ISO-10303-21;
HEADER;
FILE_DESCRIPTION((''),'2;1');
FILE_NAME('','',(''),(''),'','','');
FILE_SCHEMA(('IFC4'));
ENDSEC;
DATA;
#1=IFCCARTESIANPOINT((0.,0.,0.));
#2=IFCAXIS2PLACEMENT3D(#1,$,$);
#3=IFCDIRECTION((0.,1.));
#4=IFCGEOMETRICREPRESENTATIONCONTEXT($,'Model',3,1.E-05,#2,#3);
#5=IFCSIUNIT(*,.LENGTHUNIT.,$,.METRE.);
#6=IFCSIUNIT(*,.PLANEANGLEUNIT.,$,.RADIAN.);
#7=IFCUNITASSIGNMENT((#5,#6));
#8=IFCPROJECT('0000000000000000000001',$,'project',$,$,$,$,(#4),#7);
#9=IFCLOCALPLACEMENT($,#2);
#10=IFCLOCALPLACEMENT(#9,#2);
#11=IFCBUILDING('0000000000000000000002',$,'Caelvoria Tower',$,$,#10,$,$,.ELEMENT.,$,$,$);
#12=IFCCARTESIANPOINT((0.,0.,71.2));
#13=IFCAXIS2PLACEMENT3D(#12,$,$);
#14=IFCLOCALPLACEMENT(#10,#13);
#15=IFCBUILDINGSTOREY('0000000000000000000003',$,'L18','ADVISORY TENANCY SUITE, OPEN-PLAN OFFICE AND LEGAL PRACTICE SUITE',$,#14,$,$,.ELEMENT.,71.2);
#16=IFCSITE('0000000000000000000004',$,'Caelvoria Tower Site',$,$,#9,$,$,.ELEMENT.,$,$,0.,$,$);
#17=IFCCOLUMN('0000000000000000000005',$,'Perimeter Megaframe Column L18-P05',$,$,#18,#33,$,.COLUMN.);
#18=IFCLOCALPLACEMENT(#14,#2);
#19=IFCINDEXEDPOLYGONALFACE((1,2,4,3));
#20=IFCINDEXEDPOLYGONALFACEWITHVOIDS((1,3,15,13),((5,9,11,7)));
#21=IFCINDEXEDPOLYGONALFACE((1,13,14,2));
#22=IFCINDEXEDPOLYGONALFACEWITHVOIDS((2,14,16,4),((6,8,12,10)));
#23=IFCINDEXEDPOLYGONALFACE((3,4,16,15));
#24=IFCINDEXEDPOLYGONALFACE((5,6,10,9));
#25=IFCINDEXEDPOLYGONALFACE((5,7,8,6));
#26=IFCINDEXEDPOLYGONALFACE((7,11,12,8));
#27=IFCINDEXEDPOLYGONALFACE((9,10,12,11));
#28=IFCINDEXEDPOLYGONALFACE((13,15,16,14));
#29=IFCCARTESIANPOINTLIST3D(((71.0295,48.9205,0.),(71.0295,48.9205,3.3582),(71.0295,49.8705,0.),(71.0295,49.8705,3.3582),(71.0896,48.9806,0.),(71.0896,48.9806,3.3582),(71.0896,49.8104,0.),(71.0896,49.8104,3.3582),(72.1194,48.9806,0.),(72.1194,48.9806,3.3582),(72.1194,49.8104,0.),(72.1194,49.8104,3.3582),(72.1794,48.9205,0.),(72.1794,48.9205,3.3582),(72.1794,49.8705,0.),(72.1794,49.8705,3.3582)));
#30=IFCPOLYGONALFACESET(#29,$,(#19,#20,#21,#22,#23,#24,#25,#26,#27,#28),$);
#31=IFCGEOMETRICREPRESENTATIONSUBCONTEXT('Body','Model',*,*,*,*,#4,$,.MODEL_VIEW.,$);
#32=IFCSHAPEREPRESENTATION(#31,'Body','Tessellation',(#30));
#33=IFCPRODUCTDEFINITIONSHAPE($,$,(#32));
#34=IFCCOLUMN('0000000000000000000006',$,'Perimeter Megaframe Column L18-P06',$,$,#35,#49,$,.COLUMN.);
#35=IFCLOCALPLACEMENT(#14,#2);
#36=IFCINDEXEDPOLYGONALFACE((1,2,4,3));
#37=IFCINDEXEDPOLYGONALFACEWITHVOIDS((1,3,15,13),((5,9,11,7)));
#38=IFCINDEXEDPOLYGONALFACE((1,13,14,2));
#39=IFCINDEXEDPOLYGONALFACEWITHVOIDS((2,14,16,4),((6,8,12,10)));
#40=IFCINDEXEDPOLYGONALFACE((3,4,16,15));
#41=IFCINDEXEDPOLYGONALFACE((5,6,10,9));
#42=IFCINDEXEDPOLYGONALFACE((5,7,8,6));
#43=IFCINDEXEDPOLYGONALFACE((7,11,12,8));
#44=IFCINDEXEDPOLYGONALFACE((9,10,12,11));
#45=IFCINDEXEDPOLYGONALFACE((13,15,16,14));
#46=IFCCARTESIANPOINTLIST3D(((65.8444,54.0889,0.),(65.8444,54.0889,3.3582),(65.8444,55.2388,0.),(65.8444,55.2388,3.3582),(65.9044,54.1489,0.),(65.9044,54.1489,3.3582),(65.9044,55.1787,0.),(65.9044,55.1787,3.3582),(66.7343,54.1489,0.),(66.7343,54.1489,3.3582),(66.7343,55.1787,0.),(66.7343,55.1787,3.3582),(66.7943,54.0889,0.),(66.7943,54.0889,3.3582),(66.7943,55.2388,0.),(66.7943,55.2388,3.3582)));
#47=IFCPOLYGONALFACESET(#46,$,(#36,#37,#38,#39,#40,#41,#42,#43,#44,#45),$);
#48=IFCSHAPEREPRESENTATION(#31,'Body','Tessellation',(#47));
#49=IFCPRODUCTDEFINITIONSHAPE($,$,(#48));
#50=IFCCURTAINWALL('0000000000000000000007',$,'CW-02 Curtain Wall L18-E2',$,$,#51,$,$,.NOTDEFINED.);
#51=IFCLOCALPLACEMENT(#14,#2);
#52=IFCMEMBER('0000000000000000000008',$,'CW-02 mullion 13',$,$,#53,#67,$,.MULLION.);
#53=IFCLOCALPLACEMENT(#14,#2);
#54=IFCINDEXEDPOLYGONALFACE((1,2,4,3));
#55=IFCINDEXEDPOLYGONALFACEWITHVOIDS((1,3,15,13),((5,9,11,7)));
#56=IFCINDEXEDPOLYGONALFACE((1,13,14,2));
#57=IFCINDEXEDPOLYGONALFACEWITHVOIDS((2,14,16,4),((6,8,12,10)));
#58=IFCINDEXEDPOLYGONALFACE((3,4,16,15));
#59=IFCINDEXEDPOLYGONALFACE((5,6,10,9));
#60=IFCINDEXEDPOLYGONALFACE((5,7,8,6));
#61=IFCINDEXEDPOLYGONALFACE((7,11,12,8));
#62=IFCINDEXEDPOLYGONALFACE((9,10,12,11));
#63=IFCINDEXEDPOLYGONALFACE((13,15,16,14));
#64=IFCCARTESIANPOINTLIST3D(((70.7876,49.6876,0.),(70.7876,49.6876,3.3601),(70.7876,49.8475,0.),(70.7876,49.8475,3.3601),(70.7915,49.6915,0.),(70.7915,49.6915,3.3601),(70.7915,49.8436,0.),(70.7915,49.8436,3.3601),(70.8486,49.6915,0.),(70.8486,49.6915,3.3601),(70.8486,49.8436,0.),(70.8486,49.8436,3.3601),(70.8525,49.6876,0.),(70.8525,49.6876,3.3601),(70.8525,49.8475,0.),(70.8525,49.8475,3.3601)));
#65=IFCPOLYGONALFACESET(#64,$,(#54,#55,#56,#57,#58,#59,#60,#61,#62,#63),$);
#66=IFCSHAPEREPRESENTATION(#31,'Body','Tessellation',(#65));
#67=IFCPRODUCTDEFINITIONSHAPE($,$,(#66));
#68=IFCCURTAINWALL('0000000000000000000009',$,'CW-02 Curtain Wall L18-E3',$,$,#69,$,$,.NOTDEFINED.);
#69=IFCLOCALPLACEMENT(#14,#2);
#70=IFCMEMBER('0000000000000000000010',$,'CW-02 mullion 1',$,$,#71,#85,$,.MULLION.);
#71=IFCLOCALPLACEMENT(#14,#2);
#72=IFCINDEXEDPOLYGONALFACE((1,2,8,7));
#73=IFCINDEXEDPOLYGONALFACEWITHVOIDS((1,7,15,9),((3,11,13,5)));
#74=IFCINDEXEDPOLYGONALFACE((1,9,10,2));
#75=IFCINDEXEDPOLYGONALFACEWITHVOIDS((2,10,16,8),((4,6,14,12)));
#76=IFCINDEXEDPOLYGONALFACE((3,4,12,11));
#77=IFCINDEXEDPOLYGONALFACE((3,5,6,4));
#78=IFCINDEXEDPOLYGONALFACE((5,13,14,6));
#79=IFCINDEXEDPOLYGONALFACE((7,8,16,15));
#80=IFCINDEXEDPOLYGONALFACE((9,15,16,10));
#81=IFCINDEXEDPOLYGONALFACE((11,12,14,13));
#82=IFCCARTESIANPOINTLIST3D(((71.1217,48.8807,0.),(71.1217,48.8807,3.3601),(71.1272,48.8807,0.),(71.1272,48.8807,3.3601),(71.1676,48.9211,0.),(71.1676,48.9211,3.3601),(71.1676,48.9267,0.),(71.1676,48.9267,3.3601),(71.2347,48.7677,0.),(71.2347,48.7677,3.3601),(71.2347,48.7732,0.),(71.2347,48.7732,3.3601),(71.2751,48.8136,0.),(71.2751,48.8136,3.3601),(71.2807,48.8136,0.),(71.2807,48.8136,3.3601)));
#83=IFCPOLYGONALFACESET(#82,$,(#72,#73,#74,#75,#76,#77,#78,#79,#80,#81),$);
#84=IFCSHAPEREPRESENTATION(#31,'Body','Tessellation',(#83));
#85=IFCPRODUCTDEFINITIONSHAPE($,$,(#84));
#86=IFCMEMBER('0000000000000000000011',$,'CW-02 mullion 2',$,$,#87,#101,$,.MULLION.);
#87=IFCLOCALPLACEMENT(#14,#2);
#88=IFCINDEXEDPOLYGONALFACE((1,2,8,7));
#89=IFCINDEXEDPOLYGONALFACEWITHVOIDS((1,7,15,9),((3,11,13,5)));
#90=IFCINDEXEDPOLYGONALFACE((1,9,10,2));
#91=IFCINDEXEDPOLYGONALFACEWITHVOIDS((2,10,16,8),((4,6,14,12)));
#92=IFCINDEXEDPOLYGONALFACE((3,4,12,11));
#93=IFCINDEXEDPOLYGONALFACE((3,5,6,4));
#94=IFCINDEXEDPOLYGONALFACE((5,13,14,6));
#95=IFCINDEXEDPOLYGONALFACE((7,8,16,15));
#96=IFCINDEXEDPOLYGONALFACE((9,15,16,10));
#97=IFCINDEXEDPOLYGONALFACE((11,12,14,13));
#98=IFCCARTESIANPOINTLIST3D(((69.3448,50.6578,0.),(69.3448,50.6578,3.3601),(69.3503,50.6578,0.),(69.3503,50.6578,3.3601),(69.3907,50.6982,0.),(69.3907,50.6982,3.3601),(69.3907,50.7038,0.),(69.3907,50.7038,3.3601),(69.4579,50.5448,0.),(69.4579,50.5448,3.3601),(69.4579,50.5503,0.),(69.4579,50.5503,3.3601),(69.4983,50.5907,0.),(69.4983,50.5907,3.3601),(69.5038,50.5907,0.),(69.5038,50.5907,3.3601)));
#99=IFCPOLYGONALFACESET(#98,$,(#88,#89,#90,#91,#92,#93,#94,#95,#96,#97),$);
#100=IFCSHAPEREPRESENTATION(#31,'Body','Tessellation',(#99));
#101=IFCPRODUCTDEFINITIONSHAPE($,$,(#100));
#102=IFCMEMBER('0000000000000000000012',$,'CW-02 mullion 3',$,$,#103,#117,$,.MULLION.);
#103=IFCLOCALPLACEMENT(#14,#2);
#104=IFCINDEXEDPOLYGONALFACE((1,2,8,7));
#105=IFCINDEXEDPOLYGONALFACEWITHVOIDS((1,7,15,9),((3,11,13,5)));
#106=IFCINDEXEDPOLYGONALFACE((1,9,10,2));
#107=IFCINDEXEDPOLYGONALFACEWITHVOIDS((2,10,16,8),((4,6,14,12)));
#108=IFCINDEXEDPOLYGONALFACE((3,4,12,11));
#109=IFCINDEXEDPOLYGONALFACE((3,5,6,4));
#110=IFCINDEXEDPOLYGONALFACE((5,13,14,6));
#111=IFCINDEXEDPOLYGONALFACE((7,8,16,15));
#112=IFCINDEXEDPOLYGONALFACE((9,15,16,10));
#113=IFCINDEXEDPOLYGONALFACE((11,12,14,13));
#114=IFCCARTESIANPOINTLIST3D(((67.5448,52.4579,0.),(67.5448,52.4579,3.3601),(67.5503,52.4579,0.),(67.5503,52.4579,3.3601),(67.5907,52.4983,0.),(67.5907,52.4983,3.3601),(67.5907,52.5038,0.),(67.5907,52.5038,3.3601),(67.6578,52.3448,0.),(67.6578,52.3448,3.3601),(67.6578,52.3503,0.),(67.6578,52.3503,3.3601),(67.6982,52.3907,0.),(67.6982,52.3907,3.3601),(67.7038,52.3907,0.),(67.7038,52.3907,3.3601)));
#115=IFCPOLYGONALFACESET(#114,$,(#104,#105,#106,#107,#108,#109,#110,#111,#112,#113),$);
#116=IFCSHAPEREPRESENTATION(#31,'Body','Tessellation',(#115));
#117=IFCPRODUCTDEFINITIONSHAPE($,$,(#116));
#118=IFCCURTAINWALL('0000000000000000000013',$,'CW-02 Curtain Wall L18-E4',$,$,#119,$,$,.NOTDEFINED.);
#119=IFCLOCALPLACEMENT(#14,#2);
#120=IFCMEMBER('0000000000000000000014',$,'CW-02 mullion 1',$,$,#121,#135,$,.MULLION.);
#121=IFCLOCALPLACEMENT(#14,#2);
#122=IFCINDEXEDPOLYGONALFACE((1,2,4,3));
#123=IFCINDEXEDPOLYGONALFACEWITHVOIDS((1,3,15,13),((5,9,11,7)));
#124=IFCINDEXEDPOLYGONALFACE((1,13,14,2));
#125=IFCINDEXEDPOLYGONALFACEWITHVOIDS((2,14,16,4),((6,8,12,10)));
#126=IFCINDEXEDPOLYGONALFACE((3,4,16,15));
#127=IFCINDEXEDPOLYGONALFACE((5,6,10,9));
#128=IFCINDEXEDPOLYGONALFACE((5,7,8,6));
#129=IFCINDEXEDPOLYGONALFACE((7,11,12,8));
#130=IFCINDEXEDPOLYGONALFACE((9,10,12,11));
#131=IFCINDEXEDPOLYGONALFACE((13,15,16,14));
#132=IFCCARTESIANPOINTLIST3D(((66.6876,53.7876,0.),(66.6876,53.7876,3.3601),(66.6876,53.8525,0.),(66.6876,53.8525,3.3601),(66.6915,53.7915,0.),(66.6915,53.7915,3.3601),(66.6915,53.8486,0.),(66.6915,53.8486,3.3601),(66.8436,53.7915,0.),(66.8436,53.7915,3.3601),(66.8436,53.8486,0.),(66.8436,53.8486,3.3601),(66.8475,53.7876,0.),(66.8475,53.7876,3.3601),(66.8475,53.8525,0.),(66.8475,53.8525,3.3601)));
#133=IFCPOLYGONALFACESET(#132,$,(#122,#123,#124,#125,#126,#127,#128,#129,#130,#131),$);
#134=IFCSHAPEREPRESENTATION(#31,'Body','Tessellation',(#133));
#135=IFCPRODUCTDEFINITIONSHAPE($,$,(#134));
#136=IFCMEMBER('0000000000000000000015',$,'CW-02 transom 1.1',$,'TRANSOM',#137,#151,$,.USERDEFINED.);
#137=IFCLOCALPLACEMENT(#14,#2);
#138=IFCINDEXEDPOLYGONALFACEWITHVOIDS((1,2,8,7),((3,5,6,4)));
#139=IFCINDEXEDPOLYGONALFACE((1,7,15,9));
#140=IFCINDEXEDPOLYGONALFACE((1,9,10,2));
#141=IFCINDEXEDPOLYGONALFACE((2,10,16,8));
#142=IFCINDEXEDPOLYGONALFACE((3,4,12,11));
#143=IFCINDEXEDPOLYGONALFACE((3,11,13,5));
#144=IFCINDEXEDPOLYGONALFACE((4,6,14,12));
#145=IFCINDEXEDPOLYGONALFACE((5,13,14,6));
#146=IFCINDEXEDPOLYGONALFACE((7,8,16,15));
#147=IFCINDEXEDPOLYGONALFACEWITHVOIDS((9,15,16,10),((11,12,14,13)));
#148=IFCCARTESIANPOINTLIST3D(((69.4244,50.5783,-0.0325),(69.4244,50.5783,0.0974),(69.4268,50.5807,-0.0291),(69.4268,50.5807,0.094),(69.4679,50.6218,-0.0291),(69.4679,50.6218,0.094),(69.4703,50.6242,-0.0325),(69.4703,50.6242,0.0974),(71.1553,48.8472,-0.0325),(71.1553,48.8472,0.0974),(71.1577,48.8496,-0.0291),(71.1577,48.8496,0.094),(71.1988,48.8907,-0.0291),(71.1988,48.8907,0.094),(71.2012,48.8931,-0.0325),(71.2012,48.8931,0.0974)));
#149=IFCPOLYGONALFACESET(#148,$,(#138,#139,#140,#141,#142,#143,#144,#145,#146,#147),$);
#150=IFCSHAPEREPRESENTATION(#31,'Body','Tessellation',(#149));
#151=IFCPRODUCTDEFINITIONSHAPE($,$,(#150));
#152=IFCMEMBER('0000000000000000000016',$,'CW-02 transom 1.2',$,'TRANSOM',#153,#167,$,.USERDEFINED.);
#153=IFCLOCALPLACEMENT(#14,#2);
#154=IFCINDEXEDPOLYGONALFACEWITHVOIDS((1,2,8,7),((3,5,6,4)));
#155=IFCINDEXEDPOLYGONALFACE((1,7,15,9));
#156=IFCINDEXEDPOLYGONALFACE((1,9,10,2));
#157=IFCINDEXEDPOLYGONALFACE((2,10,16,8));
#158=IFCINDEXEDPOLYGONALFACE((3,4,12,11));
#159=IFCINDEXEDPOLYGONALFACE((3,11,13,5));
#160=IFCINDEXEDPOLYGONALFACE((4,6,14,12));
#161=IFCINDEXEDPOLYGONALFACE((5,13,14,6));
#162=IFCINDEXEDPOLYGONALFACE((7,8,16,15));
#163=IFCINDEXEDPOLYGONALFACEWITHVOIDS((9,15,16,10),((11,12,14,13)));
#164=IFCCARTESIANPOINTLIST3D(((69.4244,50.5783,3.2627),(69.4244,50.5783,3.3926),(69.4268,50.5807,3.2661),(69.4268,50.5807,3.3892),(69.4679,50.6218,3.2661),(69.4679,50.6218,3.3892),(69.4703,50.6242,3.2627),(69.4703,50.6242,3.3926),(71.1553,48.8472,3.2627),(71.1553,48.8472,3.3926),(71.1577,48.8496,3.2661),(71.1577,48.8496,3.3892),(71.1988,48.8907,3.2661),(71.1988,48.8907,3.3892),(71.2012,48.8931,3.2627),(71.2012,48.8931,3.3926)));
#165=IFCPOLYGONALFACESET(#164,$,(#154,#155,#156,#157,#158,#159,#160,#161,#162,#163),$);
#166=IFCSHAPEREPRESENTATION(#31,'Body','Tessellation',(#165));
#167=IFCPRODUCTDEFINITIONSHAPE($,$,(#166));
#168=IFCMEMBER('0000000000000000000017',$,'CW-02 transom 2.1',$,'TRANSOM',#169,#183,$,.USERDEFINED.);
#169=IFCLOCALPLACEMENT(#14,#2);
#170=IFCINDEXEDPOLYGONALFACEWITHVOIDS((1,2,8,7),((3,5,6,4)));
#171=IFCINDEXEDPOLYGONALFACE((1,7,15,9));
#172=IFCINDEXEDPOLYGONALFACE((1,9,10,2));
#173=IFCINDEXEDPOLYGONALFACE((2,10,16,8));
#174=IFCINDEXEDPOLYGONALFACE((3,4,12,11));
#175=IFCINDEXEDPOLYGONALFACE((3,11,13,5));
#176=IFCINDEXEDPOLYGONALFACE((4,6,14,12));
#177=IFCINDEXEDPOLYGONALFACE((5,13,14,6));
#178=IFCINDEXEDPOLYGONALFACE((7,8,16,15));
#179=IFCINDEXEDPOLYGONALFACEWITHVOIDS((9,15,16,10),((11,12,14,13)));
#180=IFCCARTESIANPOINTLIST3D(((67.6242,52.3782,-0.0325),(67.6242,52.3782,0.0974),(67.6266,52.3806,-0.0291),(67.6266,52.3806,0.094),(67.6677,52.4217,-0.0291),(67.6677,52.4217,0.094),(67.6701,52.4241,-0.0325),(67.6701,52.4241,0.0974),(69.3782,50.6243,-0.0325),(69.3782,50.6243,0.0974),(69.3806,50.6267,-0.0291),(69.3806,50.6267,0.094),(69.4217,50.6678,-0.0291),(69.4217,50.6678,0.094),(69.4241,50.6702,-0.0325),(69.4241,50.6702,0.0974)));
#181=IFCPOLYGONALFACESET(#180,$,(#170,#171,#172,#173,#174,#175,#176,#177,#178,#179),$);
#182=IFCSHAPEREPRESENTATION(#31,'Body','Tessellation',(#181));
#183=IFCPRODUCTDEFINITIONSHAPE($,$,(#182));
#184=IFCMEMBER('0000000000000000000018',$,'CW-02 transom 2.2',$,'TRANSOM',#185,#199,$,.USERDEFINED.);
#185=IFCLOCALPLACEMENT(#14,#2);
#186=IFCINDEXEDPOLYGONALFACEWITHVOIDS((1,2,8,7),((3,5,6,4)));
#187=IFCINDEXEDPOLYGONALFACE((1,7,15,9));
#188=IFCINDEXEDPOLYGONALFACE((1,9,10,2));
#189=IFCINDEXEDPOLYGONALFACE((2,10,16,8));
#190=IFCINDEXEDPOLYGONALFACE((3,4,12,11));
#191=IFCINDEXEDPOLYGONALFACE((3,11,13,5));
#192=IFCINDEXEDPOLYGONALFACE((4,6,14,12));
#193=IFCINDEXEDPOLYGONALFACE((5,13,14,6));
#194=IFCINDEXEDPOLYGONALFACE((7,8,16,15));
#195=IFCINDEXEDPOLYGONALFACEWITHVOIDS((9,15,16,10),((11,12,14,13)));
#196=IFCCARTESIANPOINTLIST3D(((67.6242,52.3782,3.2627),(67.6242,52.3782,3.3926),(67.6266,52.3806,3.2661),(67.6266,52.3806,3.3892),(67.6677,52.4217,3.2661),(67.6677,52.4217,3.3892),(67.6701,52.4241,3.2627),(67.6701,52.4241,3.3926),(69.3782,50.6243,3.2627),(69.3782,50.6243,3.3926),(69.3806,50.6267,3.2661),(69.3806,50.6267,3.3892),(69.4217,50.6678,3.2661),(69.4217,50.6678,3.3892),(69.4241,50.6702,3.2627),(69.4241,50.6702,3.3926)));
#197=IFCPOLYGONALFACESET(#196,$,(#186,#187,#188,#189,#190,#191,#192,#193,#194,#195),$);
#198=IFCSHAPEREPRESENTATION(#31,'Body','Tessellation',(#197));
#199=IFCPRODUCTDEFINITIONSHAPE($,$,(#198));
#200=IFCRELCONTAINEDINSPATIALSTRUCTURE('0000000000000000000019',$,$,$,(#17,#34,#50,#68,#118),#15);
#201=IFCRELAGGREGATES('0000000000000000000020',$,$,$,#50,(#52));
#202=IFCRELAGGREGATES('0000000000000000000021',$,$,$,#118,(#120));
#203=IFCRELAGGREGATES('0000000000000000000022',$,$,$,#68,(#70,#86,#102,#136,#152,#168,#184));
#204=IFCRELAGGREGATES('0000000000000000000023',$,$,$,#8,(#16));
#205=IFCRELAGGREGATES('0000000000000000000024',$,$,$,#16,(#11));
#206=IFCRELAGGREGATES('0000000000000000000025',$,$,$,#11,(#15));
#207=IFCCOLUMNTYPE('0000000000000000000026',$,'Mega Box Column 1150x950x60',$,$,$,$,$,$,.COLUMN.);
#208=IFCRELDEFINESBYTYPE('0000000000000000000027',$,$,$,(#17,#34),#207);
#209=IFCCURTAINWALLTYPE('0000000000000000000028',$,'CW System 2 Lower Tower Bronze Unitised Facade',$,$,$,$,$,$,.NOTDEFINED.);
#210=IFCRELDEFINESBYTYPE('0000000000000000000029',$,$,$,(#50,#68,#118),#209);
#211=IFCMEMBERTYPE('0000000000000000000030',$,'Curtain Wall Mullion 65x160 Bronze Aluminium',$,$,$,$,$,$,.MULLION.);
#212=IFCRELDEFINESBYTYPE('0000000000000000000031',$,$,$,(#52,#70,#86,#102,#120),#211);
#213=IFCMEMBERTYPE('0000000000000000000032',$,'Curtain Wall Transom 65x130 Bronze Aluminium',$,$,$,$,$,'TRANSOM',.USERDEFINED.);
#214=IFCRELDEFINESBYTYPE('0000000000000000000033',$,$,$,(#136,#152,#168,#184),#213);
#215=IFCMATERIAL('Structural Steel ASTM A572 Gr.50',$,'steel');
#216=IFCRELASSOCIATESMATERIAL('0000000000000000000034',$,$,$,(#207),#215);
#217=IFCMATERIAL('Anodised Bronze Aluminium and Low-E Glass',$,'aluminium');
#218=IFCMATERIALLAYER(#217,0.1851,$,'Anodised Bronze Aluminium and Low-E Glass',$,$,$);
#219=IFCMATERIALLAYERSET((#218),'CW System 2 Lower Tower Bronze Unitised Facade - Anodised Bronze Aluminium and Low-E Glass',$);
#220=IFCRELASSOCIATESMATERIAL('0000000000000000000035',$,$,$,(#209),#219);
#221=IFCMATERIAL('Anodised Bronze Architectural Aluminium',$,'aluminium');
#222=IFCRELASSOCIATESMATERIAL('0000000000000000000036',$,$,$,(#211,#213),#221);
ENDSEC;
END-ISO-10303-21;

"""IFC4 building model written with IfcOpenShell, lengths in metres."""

from ifc_helpers import new_model, si_unit, direction, frame, origin, origin_2d, place, context, subcontext, project, spatial, hollow_rectangle, extrude, material, layer, layer_set, material_profile, profile_set, type_object, element, aggregate, save


model = new_model("IFC4")

# Units and contexts
model_context = context("Model", 3, precision=1e-05, world=origin(), true_north=direction((0.0, 1.0)))
body_context = subcontext(model_context, "Body", "Model", "MODEL_VIEW")
ifc_project = project(units=[si_unit("LENGTHUNIT", "METRE"), si_unit("PLANEANGLEUNIT", "RADIAN")], contexts=[model_context])

# Site, building, storey
site_placement = place(None, origin())
site = spatial("IfcSite", under=ifc_project, at=site_placement, Name="Caelvoria Tower Site", CompositionType="ELEMENT", RefElevation=0.0)
building_placement = place(site_placement, origin())
building = spatial("IfcBuilding", under=site, at=building_placement, Name="Caelvoria Tower", CompositionType="ELEMENT")
storey_placement = place(building_placement, frame((0.0, 0.0, 71.2)))
storey = spatial("IfcBuildingStorey", under=building, at=storey_placement, Name="L18", Description="ADVISORY TENANCY SUITE, OPEN-PLAN OFFICE AND LEGAL PRACTICE SUITE", CompositionType="ELEMENT", Elevation=71.2)

# Columns
ifc_material_1 = material(Name="Structural Steel ASTM A572 Gr.50", Category="steel")
ifc_material_profile_1 = material_profile(ifc_material_1, hollow_rectangle(XDim=0.95, YDim=1.1499, WallThickness=0.0601, at=origin_2d()), Name="Structural Steel ASTM A572 Gr.50")
ifc_profile_set_1 = profile_set([ifc_material_profile_1], Name="BOX1150X950X60 - Structural Steel ASTM A572 Gr.50")
column_type = type_object("IfcColumnType", Name="Mega Box Column 1150x950x60", PredefinedType="COLUMN", material=ifc_profile_set_1)
for number, where, z_axis, x_axis, name in (
    (1, (71.6045, 49.3955, 0.0), (0.0, 0.0, 1.0), (0.0, 1.0, 0.0), "Perimeter Megaframe Column L18-P05"),
    (2, (66.3193, 54.6638, 0.0), (0.0, 0.0, 1.0), (1.0, 0.0, 0.0), "Perimeter Megaframe Column L18-P06"),
):
    element("IfcColumn", number, at=place(storey_placement, frame(where, z_axis=z_axis, x_axis=x_axis)), inside=storey, type_object=column_type, Name=name, PredefinedType="COLUMN", context=body_context, shape_type="SweptSolid", body=[
        extrude(hollow_rectangle(XDim=0.95, YDim=1.1499, WallThickness=0.0601, at=origin_2d()), origin(), (0.0, 0.0, 1.0), 3.3582),
    ])

# Curtain wall, member
ifc_material_2 = material(Name="Anodised Bronze Aluminium and Low-E Glass", Category="aluminium")
ifc_layer_1 = layer(ifc_material_2, 0.1851, Name="Anodised Bronze Aluminium and Low-E Glass")
ifc_layer_set_1 = layer_set([ifc_layer_1], Name="CW System 2 Lower Tower Bronze Unitised Facade - Anodised Bronze Aluminium and Low-E Glass")
curtain_wall_type = type_object("IfcCurtainWallType", Name="CW System 2 Lower Tower Bronze Unitised Facade", PredefinedType="NOTDEFINED", material=ifc_layer_set_1)
curtain_wall_1_placement = place(storey_placement, origin())
curtain_wall_1 = element("IfcCurtainWall", 3, at=curtain_wall_1_placement, inside=storey, type_object=curtain_wall_type, Name="CW-02 Curtain Wall L18-E2", PredefinedType="NOTDEFINED")
ifc_material_3 = material(Name="Anodised Bronze Architectural Aluminium", Category="aluminium")
ifc_material_profile_2 = material_profile(ifc_material_3, hollow_rectangle(XDim=0.0649, YDim=0.1599, WallThickness=0.0039, at=origin_2d()), Name="Anodised Bronze Architectural Aluminium")
ifc_profile_set_2 = profile_set([ifc_material_profile_2], Name="CW_MULL_65X160 - Anodised Bronze Architectural Aluminium")
member_type_1 = type_object("IfcMemberType", Name="Curtain Wall Mullion 65x160 Bronze Aluminium", PredefinedType="MULLION", material=ifc_profile_set_2)
member_1_placement = place(storey_placement, frame((70.8201, 49.7676, 0.0), z_axis=(0.0, 0.0, 1.0), x_axis=(-1.0, 0.0, 0.0)))
member_1 = element("IfcMember", 4, at=member_1_placement, type_object=member_type_1, Name="CW-02 mullion 13", PredefinedType="MULLION", context=body_context, shape_type="SweptSolid", body=[
    extrude(hollow_rectangle(XDim=0.0649, YDim=0.1599, WallThickness=0.0039, at=origin_2d()), origin(), (0.0, 0.0, 1.0), 3.3601),
])
aggregate(curtain_wall_1, [member_1])

# Curtain wall, members
curtain_wall_2_placement = place(storey_placement, origin())
curtain_wall_2 = element("IfcCurtainWall", 5, at=curtain_wall_2_placement, inside=storey, type_object=curtain_wall_type, Name="CW-02 Curtain Wall L18-E3", PredefinedType="NOTDEFINED")
member_2_placement = place(storey_placement, frame((71.2012, 48.8472, 0.0), z_axis=(0.0, 0.0, 1.0), x_axis=(-0.707107, -0.707107, 0.0)))
member_2 = element("IfcMember", 6, at=member_2_placement, type_object=member_type_1, Name="CW-02 mullion 1", PredefinedType="MULLION", context=body_context, shape_type="SweptSolid", body=[
    extrude(hollow_rectangle(XDim=0.0649, YDim=0.1599, WallThickness=0.0039, at=origin_2d()), origin(), (0.0, 0.0, 1.0), 3.3601),
])
member_3_placement = place(storey_placement, frame((69.4243, 50.6243, 0.0), z_axis=(0.0, 0.0, 1.0), x_axis=(-0.707107, -0.707107, 0.0)))
member_3 = element("IfcMember", 7, at=member_3_placement, type_object=member_type_1, Name="CW-02 mullion 2", PredefinedType="MULLION", context=body_context, shape_type="SweptSolid", body=[
    extrude(hollow_rectangle(XDim=0.0649, YDim=0.1599, WallThickness=0.0039, at=origin_2d()), origin(), (0.0, 0.0, 1.0), 3.3601),
])
member_4_placement = place(storey_placement, frame((67.6243, 52.4243, 0.0), z_axis=(0.0, 0.0, 1.0), x_axis=(-0.707107, -0.707107, 0.0)))
member_4 = element("IfcMember", 8, at=member_4_placement, type_object=member_type_1, Name="CW-02 mullion 3", PredefinedType="MULLION", context=body_context, shape_type="SweptSolid", body=[
    extrude(hollow_rectangle(XDim=0.0649, YDim=0.1599, WallThickness=0.0039, at=origin_2d()), origin(), (0.0, 0.0, 1.0), 3.3601),
])

# Curtain wall, member
curtain_wall_3_placement = place(storey_placement, origin())
curtain_wall_3 = element("IfcCurtainWall", 9, at=curtain_wall_3_placement, inside=storey, type_object=curtain_wall_type, Name="CW-02 Curtain Wall L18-E4", PredefinedType="NOTDEFINED")
member_5_placement = place(storey_placement, frame((66.7676, 53.8201, 0.0), z_axis=(0.0, 0.0, 1.0), x_axis=(0.0, -1.0, 0.0)))
member_5 = element("IfcMember", 10, at=member_5_placement, type_object=member_type_1, Name="CW-02 mullion 1", PredefinedType="MULLION", context=body_context, shape_type="SweptSolid", body=[
    extrude(hollow_rectangle(XDim=0.0649, YDim=0.1599, WallThickness=0.0039, at=origin_2d()), origin(), (0.0, 0.0, 1.0), 3.3601),
])

# Members
ifc_material_profile_3 = material_profile(ifc_material_3, hollow_rectangle(XDim=0.0649, YDim=0.1299, WallThickness=0.0034, at=origin_2d()), Name="Anodised Bronze Architectural Aluminium")
ifc_profile_set_3 = profile_set([ifc_material_profile_3], Name="CW_TRAN_65X130 - Anodised Bronze Architectural Aluminium")
member_type_2 = type_object("IfcMemberType", Name="Curtain Wall Transom 65x130 Bronze Aluminium", ElementType="TRANSOM", PredefinedType="USERDEFINED", material=ifc_profile_set_3)
member_6_placement = place(storey_placement, frame((71.1782, 48.8701, 0.0325), z_axis=(-0.707057, 0.707157, 0.0), x_axis=(-0.707157, -0.707057, 0.0)))
member_6 = element("IfcMember", 11, at=member_6_placement, type_object=member_type_2, Name="CW-02 transom 1.1", ObjectType="TRANSOM", PredefinedType="USERDEFINED", context=body_context, shape_type="SweptSolid", body=[
    extrude(hollow_rectangle(XDim=0.0649, YDim=0.1299, WallThickness=0.0034, at=origin_2d()), origin(), (0.0, 0.0, 1.0), 2.448),
])
member_7_placement = place(storey_placement, frame((71.1782, 48.8701, 3.3276), z_axis=(-0.707057, 0.707157, 0.0), x_axis=(-0.707157, -0.707057, 0.0)))
member_7 = element("IfcMember", 12, at=member_7_placement, type_object=member_type_2, Name="CW-02 transom 1.2", ObjectType="TRANSOM", PredefinedType="USERDEFINED", context=body_context, shape_type="SweptSolid", body=[
    extrude(hollow_rectangle(XDim=0.0649, YDim=0.1299, WallThickness=0.0034, at=origin_2d()), origin(), (0.0, 0.0, 1.0), 2.448),
])
member_8_placement = place(storey_placement, frame((69.4011, 50.6472, 0.0325), z_axis=(-0.707107, 0.707107, 0.0), x_axis=(-0.707107, -0.707107, 0.0)))
member_8 = element("IfcMember", 13, at=member_8_placement, type_object=member_type_2, Name="CW-02 transom 2.1", ObjectType="TRANSOM", PredefinedType="USERDEFINED", context=body_context, shape_type="SweptSolid", body=[
    extrude(hollow_rectangle(XDim=0.0649, YDim=0.1299, WallThickness=0.0034, at=origin_2d()), origin(), (0.0, 0.0, 1.0), 2.4805),
])
member_9_placement = place(storey_placement, frame((69.4011, 50.6472, 3.3276), z_axis=(-0.707107, 0.707107, 0.0), x_axis=(-0.707107, -0.707107, 0.0)))
member_9 = element("IfcMember", 14, at=member_9_placement, type_object=member_type_2, Name="CW-02 transom 2.2", ObjectType="TRANSOM", PredefinedType="USERDEFINED", context=body_context, shape_type="SweptSolid", body=[
    extrude(hollow_rectangle(XDim=0.0649, YDim=0.1299, WallThickness=0.0034, at=origin_2d()), origin(), (0.0, 0.0, 1.0), 2.4805),
])
aggregate(curtain_wall_3, [member_5])

aggregate(curtain_wall_2, [member_2, member_3, member_4, member_6, member_7, member_8, member_9])

save(model, "model.ifc")
